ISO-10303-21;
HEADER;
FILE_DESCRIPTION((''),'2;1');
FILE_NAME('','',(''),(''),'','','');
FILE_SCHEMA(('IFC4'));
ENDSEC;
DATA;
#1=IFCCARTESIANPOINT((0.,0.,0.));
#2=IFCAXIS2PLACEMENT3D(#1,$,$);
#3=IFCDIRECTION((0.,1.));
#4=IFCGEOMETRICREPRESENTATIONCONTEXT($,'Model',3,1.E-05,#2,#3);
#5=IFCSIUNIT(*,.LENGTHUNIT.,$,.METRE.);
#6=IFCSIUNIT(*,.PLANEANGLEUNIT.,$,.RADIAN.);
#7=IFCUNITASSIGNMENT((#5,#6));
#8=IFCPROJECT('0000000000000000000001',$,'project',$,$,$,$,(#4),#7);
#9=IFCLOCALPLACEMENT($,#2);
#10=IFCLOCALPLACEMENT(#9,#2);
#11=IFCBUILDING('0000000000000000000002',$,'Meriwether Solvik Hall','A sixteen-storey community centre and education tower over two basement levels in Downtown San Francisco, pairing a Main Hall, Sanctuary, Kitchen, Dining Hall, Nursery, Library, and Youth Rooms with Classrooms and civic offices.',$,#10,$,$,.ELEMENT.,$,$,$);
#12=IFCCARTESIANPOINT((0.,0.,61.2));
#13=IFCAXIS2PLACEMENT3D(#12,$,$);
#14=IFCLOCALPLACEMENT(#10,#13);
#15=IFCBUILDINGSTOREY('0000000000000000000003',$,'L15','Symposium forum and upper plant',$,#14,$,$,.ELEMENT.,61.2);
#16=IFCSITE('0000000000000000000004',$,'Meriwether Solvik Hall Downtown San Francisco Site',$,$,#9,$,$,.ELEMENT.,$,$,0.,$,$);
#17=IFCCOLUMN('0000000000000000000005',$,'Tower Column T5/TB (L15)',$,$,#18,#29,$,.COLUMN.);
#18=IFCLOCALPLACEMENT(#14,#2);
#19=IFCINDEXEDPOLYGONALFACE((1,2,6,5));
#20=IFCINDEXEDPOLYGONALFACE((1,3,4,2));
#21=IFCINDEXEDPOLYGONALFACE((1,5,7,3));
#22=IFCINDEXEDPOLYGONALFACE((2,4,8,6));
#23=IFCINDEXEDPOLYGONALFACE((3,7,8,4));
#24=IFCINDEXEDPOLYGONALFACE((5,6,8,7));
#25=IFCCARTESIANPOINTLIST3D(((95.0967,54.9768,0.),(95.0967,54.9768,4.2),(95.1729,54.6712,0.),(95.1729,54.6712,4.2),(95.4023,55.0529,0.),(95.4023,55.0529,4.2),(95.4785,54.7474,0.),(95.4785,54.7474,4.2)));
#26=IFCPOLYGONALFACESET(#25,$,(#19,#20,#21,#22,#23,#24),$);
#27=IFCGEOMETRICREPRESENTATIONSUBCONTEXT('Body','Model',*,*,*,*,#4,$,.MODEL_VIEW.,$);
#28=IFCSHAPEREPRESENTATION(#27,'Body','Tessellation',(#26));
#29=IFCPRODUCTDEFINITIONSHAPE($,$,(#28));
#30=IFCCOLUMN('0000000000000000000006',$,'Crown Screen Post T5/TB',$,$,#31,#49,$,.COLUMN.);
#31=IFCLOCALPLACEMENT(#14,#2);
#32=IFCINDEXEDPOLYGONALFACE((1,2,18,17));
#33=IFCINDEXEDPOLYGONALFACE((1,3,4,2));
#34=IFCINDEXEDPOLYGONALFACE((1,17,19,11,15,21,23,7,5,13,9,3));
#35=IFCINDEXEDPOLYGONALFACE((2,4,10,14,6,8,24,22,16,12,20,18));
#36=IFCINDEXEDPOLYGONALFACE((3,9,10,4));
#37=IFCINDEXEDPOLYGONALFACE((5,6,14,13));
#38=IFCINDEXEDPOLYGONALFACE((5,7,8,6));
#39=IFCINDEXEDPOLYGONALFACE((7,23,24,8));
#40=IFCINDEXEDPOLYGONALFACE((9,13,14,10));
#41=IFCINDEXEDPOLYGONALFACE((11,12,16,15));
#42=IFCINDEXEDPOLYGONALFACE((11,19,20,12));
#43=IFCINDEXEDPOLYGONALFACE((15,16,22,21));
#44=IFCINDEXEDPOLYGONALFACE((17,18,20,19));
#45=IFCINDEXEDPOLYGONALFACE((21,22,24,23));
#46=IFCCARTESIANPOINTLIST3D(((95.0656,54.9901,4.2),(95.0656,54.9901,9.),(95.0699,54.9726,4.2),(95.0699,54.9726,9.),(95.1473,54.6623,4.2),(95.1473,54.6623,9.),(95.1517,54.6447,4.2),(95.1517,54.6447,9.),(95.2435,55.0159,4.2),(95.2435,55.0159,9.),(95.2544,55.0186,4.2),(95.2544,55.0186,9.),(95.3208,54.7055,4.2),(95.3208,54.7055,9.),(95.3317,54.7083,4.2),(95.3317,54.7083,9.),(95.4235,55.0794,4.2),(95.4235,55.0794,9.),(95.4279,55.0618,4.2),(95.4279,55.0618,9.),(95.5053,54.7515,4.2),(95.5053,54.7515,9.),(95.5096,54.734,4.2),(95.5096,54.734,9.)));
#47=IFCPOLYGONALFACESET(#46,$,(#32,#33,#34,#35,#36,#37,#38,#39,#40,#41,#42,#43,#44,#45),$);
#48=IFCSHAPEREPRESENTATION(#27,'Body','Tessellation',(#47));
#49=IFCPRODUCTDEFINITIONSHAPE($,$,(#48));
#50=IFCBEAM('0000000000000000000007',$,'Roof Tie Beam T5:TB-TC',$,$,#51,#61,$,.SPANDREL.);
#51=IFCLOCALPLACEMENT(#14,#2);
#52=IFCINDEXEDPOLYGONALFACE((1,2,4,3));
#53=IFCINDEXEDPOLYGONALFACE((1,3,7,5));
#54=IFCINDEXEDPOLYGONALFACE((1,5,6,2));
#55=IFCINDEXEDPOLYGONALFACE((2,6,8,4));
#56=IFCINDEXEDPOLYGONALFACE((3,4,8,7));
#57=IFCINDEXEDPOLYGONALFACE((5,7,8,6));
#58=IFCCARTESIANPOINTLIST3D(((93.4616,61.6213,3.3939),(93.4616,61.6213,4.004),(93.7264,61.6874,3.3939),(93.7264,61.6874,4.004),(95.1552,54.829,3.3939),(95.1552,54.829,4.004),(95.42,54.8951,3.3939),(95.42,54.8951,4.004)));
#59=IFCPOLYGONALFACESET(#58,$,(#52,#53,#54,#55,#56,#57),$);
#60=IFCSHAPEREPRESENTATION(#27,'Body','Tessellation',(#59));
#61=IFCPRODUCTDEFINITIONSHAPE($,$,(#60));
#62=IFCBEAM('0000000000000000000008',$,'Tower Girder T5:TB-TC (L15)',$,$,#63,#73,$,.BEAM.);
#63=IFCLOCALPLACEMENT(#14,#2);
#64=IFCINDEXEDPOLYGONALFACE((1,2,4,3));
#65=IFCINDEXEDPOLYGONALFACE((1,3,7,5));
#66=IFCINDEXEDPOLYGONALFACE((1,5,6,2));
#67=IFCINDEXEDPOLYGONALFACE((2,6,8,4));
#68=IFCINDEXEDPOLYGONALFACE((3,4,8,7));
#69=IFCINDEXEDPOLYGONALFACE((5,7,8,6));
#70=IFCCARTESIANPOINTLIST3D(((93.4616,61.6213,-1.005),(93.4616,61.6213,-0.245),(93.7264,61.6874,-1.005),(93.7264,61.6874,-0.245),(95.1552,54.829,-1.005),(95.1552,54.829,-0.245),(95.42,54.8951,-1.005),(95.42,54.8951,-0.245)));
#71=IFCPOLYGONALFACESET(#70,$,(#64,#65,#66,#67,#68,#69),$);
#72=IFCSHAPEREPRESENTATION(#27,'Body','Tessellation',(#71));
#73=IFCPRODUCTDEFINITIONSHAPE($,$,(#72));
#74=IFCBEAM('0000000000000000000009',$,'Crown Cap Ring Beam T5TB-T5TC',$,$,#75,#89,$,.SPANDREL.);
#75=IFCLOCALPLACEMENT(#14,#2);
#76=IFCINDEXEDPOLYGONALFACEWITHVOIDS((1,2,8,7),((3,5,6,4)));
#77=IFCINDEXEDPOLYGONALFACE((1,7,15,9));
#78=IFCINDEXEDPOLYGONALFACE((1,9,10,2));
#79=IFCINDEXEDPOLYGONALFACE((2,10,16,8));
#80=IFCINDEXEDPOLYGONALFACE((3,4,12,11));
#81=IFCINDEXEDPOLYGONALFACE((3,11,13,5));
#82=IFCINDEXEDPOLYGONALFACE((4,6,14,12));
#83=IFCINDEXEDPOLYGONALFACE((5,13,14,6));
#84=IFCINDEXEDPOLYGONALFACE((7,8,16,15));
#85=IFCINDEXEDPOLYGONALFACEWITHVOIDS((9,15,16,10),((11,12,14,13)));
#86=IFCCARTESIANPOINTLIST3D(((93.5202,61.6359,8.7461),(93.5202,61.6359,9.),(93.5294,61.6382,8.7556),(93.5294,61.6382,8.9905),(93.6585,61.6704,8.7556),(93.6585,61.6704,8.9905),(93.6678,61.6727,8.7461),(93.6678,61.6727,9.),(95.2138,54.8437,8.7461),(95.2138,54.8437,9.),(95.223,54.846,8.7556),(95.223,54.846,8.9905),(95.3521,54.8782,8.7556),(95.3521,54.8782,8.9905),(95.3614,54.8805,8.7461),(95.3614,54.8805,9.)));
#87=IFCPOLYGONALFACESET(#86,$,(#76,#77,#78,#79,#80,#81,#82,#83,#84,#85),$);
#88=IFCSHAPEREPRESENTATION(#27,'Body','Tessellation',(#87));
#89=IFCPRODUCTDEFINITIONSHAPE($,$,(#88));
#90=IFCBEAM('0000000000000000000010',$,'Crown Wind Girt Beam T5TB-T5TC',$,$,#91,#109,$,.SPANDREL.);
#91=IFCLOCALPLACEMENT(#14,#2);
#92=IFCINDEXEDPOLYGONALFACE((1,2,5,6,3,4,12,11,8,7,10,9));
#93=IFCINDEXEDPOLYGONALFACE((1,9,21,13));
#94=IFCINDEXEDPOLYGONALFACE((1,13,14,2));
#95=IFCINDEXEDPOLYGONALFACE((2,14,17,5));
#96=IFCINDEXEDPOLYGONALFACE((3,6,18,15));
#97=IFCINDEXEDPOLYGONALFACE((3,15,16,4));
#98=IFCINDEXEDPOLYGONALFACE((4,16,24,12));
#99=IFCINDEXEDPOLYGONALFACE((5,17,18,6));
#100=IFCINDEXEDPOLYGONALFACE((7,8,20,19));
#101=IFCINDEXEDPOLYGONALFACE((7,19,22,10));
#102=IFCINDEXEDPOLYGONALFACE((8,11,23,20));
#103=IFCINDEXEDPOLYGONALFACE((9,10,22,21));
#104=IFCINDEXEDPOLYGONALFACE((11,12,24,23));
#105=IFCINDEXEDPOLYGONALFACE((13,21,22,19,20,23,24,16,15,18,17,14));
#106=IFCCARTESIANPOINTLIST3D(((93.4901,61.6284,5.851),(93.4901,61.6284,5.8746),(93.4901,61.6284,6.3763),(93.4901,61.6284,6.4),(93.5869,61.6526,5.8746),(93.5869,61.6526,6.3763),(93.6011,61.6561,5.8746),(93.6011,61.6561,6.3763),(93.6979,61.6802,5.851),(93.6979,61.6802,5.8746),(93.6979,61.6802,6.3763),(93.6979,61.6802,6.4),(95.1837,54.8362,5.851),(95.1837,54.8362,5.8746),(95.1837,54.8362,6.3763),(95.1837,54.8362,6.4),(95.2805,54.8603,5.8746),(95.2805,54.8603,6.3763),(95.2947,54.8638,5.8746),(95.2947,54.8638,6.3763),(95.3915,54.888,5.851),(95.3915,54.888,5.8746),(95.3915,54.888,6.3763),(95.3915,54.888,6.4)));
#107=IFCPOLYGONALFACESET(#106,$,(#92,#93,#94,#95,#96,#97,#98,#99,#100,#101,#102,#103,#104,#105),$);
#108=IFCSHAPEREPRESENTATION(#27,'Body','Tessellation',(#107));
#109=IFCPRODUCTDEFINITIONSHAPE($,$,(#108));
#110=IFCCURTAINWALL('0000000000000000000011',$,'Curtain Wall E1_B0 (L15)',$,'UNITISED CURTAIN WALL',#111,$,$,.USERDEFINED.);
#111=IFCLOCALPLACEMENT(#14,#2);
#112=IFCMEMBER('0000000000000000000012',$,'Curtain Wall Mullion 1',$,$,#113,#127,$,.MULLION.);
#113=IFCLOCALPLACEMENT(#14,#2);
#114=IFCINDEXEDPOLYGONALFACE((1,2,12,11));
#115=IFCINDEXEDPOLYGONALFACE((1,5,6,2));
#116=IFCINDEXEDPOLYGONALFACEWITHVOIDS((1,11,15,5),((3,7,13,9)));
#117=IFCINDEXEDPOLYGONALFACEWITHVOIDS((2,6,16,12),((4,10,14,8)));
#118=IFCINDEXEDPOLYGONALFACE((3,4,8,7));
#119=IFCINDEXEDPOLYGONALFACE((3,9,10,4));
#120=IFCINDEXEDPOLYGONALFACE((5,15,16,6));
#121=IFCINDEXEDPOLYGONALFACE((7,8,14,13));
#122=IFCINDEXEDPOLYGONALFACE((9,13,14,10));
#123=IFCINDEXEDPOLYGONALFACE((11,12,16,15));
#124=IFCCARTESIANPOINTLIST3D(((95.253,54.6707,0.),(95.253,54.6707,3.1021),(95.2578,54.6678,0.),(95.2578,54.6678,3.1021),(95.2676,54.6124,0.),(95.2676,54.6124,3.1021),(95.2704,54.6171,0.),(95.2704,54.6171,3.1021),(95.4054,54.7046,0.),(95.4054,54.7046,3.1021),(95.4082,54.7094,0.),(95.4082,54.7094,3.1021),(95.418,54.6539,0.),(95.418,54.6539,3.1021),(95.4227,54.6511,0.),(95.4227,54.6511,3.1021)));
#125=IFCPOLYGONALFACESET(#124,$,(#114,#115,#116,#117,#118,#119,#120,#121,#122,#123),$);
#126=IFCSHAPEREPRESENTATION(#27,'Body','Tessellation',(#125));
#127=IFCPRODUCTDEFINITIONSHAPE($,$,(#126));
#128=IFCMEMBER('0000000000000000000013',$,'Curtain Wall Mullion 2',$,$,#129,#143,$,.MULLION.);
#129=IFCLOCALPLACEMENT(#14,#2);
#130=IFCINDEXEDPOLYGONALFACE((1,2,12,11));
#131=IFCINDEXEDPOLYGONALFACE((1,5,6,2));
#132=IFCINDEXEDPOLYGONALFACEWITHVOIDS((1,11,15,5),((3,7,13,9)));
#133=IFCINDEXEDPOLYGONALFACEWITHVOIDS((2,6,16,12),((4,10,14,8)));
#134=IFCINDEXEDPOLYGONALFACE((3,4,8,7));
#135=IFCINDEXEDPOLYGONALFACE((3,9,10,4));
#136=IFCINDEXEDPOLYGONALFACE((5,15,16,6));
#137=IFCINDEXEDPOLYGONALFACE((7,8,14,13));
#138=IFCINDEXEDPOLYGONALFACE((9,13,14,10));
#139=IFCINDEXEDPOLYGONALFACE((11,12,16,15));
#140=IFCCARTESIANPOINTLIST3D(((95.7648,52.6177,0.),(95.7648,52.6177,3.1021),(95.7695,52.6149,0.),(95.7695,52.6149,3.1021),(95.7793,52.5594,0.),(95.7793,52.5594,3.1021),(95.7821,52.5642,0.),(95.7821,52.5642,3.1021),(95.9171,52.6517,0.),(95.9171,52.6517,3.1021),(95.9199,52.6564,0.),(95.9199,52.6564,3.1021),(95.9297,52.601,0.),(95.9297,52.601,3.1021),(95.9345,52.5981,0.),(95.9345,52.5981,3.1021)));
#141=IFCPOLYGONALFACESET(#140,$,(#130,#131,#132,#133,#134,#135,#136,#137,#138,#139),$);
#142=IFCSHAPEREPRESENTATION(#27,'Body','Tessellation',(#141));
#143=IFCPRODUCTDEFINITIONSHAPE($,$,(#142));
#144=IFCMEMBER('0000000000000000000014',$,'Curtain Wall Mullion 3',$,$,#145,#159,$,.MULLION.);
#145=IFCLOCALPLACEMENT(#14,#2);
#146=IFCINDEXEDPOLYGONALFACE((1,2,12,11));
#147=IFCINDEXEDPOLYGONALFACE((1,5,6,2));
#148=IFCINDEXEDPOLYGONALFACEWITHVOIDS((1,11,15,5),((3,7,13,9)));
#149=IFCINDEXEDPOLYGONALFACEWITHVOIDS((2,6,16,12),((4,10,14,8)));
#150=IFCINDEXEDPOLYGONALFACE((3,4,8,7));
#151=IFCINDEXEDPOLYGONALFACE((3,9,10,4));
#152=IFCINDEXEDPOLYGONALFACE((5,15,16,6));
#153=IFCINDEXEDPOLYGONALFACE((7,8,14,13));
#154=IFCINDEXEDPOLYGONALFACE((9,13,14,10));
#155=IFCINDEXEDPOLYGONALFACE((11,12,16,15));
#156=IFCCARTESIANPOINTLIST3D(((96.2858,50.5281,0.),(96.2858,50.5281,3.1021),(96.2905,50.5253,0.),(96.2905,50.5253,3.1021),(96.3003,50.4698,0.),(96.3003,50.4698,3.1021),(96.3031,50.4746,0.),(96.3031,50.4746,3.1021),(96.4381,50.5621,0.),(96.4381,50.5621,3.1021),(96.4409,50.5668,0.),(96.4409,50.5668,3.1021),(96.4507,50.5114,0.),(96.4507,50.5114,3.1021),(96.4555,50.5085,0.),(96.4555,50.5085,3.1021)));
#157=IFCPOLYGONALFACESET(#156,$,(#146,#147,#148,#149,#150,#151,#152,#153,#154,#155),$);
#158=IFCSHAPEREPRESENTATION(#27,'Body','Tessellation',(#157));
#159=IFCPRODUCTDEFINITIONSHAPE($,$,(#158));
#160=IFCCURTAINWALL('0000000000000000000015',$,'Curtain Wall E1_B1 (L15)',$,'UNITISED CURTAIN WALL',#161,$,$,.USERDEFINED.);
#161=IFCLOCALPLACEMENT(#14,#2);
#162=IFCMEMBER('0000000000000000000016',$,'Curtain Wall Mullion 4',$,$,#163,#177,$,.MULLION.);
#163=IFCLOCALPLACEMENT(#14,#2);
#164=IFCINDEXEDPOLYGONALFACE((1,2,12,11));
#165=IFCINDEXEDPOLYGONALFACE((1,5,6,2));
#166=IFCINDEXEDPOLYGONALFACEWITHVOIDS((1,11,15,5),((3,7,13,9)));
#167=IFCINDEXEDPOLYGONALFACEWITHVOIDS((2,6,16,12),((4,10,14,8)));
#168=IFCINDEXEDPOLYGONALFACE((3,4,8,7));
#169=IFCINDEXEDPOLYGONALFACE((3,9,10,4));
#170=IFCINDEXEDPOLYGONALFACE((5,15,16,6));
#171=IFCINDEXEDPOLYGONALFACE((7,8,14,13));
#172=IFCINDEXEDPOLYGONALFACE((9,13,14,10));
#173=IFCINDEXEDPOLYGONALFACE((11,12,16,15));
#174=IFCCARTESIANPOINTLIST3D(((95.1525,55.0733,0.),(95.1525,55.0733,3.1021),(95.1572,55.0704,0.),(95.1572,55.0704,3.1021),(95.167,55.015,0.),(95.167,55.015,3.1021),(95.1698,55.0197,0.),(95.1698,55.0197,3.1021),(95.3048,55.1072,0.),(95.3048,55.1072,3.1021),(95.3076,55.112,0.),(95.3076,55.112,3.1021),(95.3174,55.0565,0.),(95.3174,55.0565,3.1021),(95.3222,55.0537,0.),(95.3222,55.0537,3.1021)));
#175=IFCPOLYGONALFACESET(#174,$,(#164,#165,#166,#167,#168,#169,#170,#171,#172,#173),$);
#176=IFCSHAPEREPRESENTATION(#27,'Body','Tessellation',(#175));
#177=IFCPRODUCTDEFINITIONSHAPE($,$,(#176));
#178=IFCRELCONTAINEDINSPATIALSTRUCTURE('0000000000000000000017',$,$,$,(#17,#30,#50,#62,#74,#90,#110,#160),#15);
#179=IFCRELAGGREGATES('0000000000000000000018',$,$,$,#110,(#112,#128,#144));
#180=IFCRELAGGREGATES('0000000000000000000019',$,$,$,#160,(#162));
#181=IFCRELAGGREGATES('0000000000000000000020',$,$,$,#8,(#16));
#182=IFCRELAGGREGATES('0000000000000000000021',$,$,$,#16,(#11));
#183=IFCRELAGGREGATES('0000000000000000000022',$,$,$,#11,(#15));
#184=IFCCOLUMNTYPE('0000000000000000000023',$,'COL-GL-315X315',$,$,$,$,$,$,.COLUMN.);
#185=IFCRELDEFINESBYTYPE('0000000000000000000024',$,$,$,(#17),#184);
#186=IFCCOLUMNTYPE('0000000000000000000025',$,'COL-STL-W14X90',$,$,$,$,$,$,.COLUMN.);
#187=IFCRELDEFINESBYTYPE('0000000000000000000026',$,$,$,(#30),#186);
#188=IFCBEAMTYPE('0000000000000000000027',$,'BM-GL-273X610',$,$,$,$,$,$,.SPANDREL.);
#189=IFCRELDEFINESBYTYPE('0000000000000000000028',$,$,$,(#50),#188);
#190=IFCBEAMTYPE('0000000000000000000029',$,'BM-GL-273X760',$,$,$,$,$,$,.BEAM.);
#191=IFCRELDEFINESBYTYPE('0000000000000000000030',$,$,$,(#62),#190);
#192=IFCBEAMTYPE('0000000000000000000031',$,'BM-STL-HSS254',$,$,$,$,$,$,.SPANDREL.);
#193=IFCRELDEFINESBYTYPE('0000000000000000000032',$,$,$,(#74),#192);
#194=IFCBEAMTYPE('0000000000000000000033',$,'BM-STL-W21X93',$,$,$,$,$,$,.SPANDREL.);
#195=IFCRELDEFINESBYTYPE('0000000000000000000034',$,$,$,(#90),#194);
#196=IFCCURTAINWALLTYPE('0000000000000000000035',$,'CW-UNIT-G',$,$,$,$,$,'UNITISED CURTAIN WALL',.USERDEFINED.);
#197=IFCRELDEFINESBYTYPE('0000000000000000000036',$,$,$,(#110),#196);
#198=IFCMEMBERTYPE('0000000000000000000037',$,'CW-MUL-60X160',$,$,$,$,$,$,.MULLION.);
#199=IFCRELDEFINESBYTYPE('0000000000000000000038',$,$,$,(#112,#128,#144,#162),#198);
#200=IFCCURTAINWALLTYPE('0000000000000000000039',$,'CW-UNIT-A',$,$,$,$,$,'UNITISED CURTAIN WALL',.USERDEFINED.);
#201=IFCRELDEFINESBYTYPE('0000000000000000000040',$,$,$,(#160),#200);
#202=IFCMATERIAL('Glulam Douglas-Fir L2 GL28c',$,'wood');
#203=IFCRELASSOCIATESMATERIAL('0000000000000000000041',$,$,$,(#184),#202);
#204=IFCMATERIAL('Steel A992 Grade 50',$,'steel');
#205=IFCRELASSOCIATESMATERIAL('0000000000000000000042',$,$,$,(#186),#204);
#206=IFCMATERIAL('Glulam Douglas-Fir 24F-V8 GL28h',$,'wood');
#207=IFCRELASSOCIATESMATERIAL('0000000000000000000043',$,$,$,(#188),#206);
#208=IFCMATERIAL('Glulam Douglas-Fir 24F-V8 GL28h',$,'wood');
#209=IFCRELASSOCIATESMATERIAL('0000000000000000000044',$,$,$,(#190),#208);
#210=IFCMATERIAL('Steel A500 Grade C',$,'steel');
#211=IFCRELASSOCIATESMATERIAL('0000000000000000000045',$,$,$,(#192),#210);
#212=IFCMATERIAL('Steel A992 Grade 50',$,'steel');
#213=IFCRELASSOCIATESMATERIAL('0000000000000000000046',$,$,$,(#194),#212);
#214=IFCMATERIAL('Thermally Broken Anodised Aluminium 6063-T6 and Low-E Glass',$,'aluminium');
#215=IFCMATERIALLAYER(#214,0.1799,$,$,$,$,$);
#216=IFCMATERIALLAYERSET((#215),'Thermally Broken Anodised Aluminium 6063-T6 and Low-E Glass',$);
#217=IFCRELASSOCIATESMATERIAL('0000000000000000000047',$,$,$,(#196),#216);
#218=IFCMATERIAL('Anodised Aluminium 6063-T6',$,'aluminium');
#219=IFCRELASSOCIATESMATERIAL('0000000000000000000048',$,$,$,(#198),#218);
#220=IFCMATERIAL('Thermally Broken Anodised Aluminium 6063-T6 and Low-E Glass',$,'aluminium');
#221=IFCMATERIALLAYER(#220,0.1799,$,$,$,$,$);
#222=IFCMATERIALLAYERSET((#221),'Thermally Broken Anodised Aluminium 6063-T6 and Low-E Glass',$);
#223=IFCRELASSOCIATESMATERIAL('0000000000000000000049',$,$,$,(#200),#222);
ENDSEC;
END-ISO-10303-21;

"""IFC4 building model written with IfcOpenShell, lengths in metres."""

from ifc_helpers import new_model, si_unit, direction, frame, origin, origin_2d, place, context, subcontext, project, spatial, rectangle, hollow_rectangle, i_section, extrude, material, layer, layer_set, material_profile, profile_set, type_object, element, aggregate, save


model = new_model("IFC4")

# Units and contexts
model_context = context("Model", 3, precision=1e-05, world=origin(), true_north=direction((0.0, 1.0)))
body_context = subcontext(model_context, "Body", "Model", "MODEL_VIEW")
ifc_project = project(units=[si_unit("LENGTHUNIT", "METRE"), si_unit("PLANEANGLEUNIT", "RADIAN")], contexts=[model_context])

# Site, building, storey
site_placement = place(None, origin())
site = spatial("IfcSite", under=ifc_project, at=site_placement, Name="Meriwether Solvik Hall Downtown San Francisco Site", CompositionType="ELEMENT", RefElevation=0.0)
building_placement = place(site_placement, origin())
building = spatial("IfcBuilding", under=site, at=building_placement, Name="Meriwether Solvik Hall", Description="A sixteen-storey community centre and education tower over two basement levels in Downtown San Francisco, pairing a Main Hall, Sanctuary, Kitchen, Dining Hall, Nursery, Library, and Youth Rooms with Classrooms and civic offices.", CompositionType="ELEMENT")
storey_placement = place(building_placement, frame((0.0, 0.0, 61.2)))
storey = spatial("IfcBuildingStorey", under=building, at=storey_placement, Name="L15", Description="Symposium forum and upper plant", CompositionType="ELEMENT", Elevation=61.2)

# Columns
ifc_material_1 = material(Name="Glulam Douglas-Fir L2 GL28c", Category="wood")
ifc_material_profile_1 = material_profile(ifc_material_1, rectangle(XDim=0.3149, YDim=0.3149, at=origin_2d()), Name="GLC-315X315")
ifc_profile_set_1 = profile_set([ifc_material_profile_1], Name="Glulam Douglas-Fir L2 GL28c")
column_type_1 = type_object("IfcColumnType", Name="COL-GL-315X315", PredefinedType="COLUMN", material=ifc_profile_set_1)
column_1_placement = place(storey_placement, frame((95.2876, 54.8621, 0.0), z_axis=(0.0, 0.0, 1.0), x_axis=(0.970296, 0.241922, 0.0)))
element("IfcColumn", 1, at=column_1_placement, inside=storey, type_object=column_type_1, Name="Tower Column T5/TB (L15)", PredefinedType="COLUMN", context=body_context, shape_type="SweptSolid", body=[
    extrude(rectangle(XDim=0.3149, YDim=0.3149, at=origin_2d()), origin(), (0.0, 0.0, 1.0), 4.2),
])
ifc_material_2 = material(Name="Steel A992 Grade 50", Category="steel")
ifc_material_profile_2 = material_profile(ifc_material_2, i_section(OverallWidth=0.3689, OverallDepth=0.356, WebThickness=0.0112, FlangeThickness=0.0181, at=origin_2d()), Name="W14X90")
ifc_profile_set_2 = profile_set([ifc_material_profile_2], Name="Steel A992 Grade 50")
column_type_2 = type_object("IfcColumnType", Name="COL-STL-W14X90", PredefinedType="COLUMN", material=ifc_profile_set_2)
column_2_placement = place(storey_placement, frame((95.2876, 54.8621, 4.2), z_axis=(0.0, 0.0, 1.0), x_axis=(0.970296, 0.241922, 0.0)))
element("IfcColumn", 2, at=column_2_placement, inside=storey, type_object=column_type_2, Name="Crown Screen Post T5/TB", PredefinedType="COLUMN", context=body_context, shape_type="SweptSolid", body=[
    extrude(i_section(OverallWidth=0.3689, OverallDepth=0.356, WebThickness=0.0112, FlangeThickness=0.0181, at=origin_2d()), origin(), (0.0, 0.0, 1.0), 4.8),
])

# Beams
ifc_material_3 = material(Name="Glulam Douglas-Fir 24F-V8 GL28h", Category="wood")
ifc_material_profile_3 = material_profile(ifc_material_3, rectangle(XDim=0.2729, YDim=0.6101, at=origin_2d()), Name="GLB-273X610")
ifc_profile_set_3 = profile_set([ifc_material_profile_3], Name="Glulam Douglas-Fir 24F-V8 GL28h")
beam_type_1 = type_object("IfcBeamType", Name="BM-GL-273X610", PredefinedType="SPANDREL", material=ifc_profile_set_3)
beam_1_placement = place(storey_placement, frame((95.2876, 54.8621, 3.699), z_axis=(-0.241937, 0.970292, 0.0), x_axis=(-0.970292, -0.241937, 0.0)))
element("IfcBeam", 3, at=beam_1_placement, inside=storey, type_object=beam_type_1, Name="Roof Tie Beam T5:TB-TC", PredefinedType="SPANDREL", context=body_context, shape_type="SweptSolid", body=[
    extrude(rectangle(XDim=0.2729, YDim=0.6101, at=origin_2d()), origin(), (0.0, 0.0, 1.0), 7.0002),
])
ifc_material_4 = material(Name="Glulam Douglas-Fir 24F-V8 GL28h", Category="wood")
ifc_material_profile_4 = material_profile(ifc_material_4, rectangle(XDim=0.2729, YDim=0.76, at=origin_2d()), Name="GLB-273X760")
ifc_profile_set_4 = profile_set([ifc_material_profile_4], Name="Glulam Douglas-Fir 24F-V8 GL28h")
beam_type_2 = type_object("IfcBeamType", Name="BM-GL-273X760", PredefinedType="BEAM", material=ifc_profile_set_4)
beam_2_placement = place(storey_placement, frame((95.2876, 54.8621, -0.625), z_axis=(-0.241937, 0.970292, 0.0), x_axis=(-0.970292, -0.241937, 0.0)))
element("IfcBeam", 4, at=beam_2_placement, inside=storey, type_object=beam_type_2, Name="Tower Girder T5:TB-TC (L15)", PredefinedType="BEAM", context=body_context, shape_type="SweptSolid", body=[
    extrude(rectangle(XDim=0.2729, YDim=0.76, at=origin_2d()), origin(), (0.0, 0.0, 1.0), 7.0002),
])
ifc_material_5 = material(Name="Steel A500 Grade C", Category="steel")
ifc_material_profile_5 = material_profile(ifc_material_5, hollow_rectangle(XDim=0.1521, YDim=0.2539, WallThickness=0.0095, at=origin_2d()), Name="HSS254X152X9.5")
ifc_profile_set_5 = profile_set([ifc_material_profile_5], Name="Steel A500 Grade C")
beam_type_3 = type_object("IfcBeamType", Name="BM-STL-HSS254", PredefinedType="SPANDREL", material=ifc_profile_set_5)
beam_3_placement = place(storey_placement, frame((95.2876, 54.8621, 8.873), z_axis=(-0.241937, 0.970292, 0.0), x_axis=(-0.970292, -0.241937, 0.0)))
element("IfcBeam", 5, at=beam_3_placement, inside=storey, type_object=beam_type_3, Name="Crown Cap Ring Beam T5TB-T5TC", PredefinedType="SPANDREL", context=body_context, shape_type="SweptSolid", body=[
    extrude(hollow_rectangle(XDim=0.1521, YDim=0.2539, WallThickness=0.0095, at=origin_2d()), origin(), (0.0, 0.0, 1.0), 7.0002),
])
ifc_material_6 = material(Name="Steel A992 Grade 50", Category="steel")
ifc_material_profile_6 = material_profile(ifc_material_6, i_section(OverallWidth=0.2141, OverallDepth=0.5491, WebThickness=0.0146, FlangeThickness=0.0237, at=origin_2d()), Name="W21X93")
ifc_profile_set_6 = profile_set([ifc_material_profile_6], Name="Steel A992 Grade 50")
beam_type_4 = type_object("IfcBeamType", Name="BM-STL-W21X93", PredefinedType="SPANDREL", material=ifc_profile_set_6)
beam_4_placement = place(storey_placement, frame((95.2876, 54.8621, 6.1255), z_axis=(-0.241937, 0.970292, 0.0), x_axis=(-0.970292, -0.241937, 0.0)))
element("IfcBeam", 6, at=beam_4_placement, inside=storey, type_object=beam_type_4, Name="Crown Wind Girt Beam T5TB-T5TC", PredefinedType="SPANDREL", context=body_context, shape_type="SweptSolid", body=[
    extrude(i_section(OverallWidth=0.2141, OverallDepth=0.5491, WebThickness=0.0146, FlangeThickness=0.0237, at=origin_2d()), origin(), (0.0, 0.0, 1.0), 7.0002),
])

# Curtain wall, members
ifc_material_7 = material(Name="Thermally Broken Anodised Aluminium 6063-T6 and Low-E Glass", Category="aluminium")
ifc_layer_1 = layer(ifc_material_7, 0.1799)
ifc_layer_set_1 = layer_set([ifc_layer_1], Name="Thermally Broken Anodised Aluminium 6063-T6 and Low-E Glass")
curtain_wall_type_1 = type_object("IfcCurtainWallType", Name="CW-UNIT-G", ElementType="UNITISED CURTAIN WALL", PredefinedType="USERDEFINED", material=ifc_layer_set_1)
curtain_wall_1_placement = place(storey_placement, origin())
curtain_wall_1 = element("IfcCurtainWall", 7, at=curtain_wall_1_placement, inside=storey, type_object=curtain_wall_type_1, Name="Curtain Wall E1_B0 (L15)", ObjectType="UNITISED CURTAIN WALL", PredefinedType="USERDEFINED")
ifc_material_8 = material(Name="Anodised Aluminium 6063-T6", Category="aluminium")
ifc_material_profile_7 = material_profile(ifc_material_8, hollow_rectangle(XDim=0.0601, YDim=0.1599, WallThickness=0.0039, at=origin_2d()), Name="CWM-60X160")
ifc_profile_set_7 = profile_set([ifc_material_profile_7], Name="Anodised Aluminium 6063-T6")
member_type_1 = type_object("IfcMemberType", Name="CW-MUL-60X160", PredefinedType="MULLION", material=ifc_profile_set_7)
member_1_placement = place(storey_placement, frame((95.3379, 54.6609, 0.0), z_axis=(0.0, 0.0, 1.0), x_axis=(0.241922, -0.970296, 0.0)))
member_1 = element("IfcMember", 8, at=member_1_placement, type_object=member_type_1, Name="Curtain Wall Mullion 1", PredefinedType="MULLION", context=body_context, shape_type="SweptSolid", body=[
    extrude(hollow_rectangle(XDim=0.0601, YDim=0.1599, WallThickness=0.0039, at=origin_2d()), origin(), (0.0, 0.0, 1.0), 3.1021),
])
member_2_placement = place(storey_placement, frame((95.8496, 52.6079, 0.0), z_axis=(0.0, 0.0, 1.0), x_axis=(0.241922, -0.970296, 0.0)))
member_2 = element("IfcMember", 9, at=member_2_placement, type_object=member_type_1, Name="Curtain Wall Mullion 2", PredefinedType="MULLION", context=body_context, shape_type="SweptSolid", body=[
    extrude(hollow_rectangle(XDim=0.0601, YDim=0.1599, WallThickness=0.0039, at=origin_2d()), origin(), (0.0, 0.0, 1.0), 3.1021),
])
member_3_placement = place(storey_placement, frame((96.3706, 50.5183, 0.0), z_axis=(0.0, 0.0, 1.0), x_axis=(0.241922, -0.970296, 0.0)))
member_3 = element("IfcMember", 10, at=member_3_placement, type_object=member_type_1, Name="Curtain Wall Mullion 3", PredefinedType="MULLION", context=body_context, shape_type="SweptSolid", body=[
    extrude(hollow_rectangle(XDim=0.0601, YDim=0.1599, WallThickness=0.0039, at=origin_2d()), origin(), (0.0, 0.0, 1.0), 3.1021),
])

# Curtain wall, member
ifc_material_9 = material(Name="Thermally Broken Anodised Aluminium 6063-T6 and Low-E Glass", Category="aluminium")
ifc_layer_2 = layer(ifc_material_9, 0.1799)
ifc_layer_set_2 = layer_set([ifc_layer_2], Name="Thermally Broken Anodised Aluminium 6063-T6 and Low-E Glass")
curtain_wall_type_2 = type_object("IfcCurtainWallType", Name="CW-UNIT-A", ElementType="UNITISED CURTAIN WALL", PredefinedType="USERDEFINED", material=ifc_layer_set_2)
curtain_wall_2_placement = place(storey_placement, origin())
curtain_wall_2 = element("IfcCurtainWall", 11, at=curtain_wall_2_placement, inside=storey, type_object=curtain_wall_type_2, Name="Curtain Wall E1_B1 (L15)", ObjectType="UNITISED CURTAIN WALL", PredefinedType="USERDEFINED")
member_4_placement = place(storey_placement, frame((95.2373, 55.0635, 0.0), z_axis=(0.0, 0.0, 1.0), x_axis=(0.241922, -0.970296, 0.0)))
member_4 = element("IfcMember", 12, at=member_4_placement, type_object=member_type_1, Name="Curtain Wall Mullion 4", PredefinedType="MULLION", context=body_context, shape_type="SweptSolid", body=[
    extrude(hollow_rectangle(XDim=0.0601, YDim=0.1599, WallThickness=0.0039, at=origin_2d()), origin(), (0.0, 0.0, 1.0), 3.1021),
])

aggregate(curtain_wall_1, [member_1, member_2, member_3])
aggregate(curtain_wall_2, [member_4])

save(model, "model.ifc")
